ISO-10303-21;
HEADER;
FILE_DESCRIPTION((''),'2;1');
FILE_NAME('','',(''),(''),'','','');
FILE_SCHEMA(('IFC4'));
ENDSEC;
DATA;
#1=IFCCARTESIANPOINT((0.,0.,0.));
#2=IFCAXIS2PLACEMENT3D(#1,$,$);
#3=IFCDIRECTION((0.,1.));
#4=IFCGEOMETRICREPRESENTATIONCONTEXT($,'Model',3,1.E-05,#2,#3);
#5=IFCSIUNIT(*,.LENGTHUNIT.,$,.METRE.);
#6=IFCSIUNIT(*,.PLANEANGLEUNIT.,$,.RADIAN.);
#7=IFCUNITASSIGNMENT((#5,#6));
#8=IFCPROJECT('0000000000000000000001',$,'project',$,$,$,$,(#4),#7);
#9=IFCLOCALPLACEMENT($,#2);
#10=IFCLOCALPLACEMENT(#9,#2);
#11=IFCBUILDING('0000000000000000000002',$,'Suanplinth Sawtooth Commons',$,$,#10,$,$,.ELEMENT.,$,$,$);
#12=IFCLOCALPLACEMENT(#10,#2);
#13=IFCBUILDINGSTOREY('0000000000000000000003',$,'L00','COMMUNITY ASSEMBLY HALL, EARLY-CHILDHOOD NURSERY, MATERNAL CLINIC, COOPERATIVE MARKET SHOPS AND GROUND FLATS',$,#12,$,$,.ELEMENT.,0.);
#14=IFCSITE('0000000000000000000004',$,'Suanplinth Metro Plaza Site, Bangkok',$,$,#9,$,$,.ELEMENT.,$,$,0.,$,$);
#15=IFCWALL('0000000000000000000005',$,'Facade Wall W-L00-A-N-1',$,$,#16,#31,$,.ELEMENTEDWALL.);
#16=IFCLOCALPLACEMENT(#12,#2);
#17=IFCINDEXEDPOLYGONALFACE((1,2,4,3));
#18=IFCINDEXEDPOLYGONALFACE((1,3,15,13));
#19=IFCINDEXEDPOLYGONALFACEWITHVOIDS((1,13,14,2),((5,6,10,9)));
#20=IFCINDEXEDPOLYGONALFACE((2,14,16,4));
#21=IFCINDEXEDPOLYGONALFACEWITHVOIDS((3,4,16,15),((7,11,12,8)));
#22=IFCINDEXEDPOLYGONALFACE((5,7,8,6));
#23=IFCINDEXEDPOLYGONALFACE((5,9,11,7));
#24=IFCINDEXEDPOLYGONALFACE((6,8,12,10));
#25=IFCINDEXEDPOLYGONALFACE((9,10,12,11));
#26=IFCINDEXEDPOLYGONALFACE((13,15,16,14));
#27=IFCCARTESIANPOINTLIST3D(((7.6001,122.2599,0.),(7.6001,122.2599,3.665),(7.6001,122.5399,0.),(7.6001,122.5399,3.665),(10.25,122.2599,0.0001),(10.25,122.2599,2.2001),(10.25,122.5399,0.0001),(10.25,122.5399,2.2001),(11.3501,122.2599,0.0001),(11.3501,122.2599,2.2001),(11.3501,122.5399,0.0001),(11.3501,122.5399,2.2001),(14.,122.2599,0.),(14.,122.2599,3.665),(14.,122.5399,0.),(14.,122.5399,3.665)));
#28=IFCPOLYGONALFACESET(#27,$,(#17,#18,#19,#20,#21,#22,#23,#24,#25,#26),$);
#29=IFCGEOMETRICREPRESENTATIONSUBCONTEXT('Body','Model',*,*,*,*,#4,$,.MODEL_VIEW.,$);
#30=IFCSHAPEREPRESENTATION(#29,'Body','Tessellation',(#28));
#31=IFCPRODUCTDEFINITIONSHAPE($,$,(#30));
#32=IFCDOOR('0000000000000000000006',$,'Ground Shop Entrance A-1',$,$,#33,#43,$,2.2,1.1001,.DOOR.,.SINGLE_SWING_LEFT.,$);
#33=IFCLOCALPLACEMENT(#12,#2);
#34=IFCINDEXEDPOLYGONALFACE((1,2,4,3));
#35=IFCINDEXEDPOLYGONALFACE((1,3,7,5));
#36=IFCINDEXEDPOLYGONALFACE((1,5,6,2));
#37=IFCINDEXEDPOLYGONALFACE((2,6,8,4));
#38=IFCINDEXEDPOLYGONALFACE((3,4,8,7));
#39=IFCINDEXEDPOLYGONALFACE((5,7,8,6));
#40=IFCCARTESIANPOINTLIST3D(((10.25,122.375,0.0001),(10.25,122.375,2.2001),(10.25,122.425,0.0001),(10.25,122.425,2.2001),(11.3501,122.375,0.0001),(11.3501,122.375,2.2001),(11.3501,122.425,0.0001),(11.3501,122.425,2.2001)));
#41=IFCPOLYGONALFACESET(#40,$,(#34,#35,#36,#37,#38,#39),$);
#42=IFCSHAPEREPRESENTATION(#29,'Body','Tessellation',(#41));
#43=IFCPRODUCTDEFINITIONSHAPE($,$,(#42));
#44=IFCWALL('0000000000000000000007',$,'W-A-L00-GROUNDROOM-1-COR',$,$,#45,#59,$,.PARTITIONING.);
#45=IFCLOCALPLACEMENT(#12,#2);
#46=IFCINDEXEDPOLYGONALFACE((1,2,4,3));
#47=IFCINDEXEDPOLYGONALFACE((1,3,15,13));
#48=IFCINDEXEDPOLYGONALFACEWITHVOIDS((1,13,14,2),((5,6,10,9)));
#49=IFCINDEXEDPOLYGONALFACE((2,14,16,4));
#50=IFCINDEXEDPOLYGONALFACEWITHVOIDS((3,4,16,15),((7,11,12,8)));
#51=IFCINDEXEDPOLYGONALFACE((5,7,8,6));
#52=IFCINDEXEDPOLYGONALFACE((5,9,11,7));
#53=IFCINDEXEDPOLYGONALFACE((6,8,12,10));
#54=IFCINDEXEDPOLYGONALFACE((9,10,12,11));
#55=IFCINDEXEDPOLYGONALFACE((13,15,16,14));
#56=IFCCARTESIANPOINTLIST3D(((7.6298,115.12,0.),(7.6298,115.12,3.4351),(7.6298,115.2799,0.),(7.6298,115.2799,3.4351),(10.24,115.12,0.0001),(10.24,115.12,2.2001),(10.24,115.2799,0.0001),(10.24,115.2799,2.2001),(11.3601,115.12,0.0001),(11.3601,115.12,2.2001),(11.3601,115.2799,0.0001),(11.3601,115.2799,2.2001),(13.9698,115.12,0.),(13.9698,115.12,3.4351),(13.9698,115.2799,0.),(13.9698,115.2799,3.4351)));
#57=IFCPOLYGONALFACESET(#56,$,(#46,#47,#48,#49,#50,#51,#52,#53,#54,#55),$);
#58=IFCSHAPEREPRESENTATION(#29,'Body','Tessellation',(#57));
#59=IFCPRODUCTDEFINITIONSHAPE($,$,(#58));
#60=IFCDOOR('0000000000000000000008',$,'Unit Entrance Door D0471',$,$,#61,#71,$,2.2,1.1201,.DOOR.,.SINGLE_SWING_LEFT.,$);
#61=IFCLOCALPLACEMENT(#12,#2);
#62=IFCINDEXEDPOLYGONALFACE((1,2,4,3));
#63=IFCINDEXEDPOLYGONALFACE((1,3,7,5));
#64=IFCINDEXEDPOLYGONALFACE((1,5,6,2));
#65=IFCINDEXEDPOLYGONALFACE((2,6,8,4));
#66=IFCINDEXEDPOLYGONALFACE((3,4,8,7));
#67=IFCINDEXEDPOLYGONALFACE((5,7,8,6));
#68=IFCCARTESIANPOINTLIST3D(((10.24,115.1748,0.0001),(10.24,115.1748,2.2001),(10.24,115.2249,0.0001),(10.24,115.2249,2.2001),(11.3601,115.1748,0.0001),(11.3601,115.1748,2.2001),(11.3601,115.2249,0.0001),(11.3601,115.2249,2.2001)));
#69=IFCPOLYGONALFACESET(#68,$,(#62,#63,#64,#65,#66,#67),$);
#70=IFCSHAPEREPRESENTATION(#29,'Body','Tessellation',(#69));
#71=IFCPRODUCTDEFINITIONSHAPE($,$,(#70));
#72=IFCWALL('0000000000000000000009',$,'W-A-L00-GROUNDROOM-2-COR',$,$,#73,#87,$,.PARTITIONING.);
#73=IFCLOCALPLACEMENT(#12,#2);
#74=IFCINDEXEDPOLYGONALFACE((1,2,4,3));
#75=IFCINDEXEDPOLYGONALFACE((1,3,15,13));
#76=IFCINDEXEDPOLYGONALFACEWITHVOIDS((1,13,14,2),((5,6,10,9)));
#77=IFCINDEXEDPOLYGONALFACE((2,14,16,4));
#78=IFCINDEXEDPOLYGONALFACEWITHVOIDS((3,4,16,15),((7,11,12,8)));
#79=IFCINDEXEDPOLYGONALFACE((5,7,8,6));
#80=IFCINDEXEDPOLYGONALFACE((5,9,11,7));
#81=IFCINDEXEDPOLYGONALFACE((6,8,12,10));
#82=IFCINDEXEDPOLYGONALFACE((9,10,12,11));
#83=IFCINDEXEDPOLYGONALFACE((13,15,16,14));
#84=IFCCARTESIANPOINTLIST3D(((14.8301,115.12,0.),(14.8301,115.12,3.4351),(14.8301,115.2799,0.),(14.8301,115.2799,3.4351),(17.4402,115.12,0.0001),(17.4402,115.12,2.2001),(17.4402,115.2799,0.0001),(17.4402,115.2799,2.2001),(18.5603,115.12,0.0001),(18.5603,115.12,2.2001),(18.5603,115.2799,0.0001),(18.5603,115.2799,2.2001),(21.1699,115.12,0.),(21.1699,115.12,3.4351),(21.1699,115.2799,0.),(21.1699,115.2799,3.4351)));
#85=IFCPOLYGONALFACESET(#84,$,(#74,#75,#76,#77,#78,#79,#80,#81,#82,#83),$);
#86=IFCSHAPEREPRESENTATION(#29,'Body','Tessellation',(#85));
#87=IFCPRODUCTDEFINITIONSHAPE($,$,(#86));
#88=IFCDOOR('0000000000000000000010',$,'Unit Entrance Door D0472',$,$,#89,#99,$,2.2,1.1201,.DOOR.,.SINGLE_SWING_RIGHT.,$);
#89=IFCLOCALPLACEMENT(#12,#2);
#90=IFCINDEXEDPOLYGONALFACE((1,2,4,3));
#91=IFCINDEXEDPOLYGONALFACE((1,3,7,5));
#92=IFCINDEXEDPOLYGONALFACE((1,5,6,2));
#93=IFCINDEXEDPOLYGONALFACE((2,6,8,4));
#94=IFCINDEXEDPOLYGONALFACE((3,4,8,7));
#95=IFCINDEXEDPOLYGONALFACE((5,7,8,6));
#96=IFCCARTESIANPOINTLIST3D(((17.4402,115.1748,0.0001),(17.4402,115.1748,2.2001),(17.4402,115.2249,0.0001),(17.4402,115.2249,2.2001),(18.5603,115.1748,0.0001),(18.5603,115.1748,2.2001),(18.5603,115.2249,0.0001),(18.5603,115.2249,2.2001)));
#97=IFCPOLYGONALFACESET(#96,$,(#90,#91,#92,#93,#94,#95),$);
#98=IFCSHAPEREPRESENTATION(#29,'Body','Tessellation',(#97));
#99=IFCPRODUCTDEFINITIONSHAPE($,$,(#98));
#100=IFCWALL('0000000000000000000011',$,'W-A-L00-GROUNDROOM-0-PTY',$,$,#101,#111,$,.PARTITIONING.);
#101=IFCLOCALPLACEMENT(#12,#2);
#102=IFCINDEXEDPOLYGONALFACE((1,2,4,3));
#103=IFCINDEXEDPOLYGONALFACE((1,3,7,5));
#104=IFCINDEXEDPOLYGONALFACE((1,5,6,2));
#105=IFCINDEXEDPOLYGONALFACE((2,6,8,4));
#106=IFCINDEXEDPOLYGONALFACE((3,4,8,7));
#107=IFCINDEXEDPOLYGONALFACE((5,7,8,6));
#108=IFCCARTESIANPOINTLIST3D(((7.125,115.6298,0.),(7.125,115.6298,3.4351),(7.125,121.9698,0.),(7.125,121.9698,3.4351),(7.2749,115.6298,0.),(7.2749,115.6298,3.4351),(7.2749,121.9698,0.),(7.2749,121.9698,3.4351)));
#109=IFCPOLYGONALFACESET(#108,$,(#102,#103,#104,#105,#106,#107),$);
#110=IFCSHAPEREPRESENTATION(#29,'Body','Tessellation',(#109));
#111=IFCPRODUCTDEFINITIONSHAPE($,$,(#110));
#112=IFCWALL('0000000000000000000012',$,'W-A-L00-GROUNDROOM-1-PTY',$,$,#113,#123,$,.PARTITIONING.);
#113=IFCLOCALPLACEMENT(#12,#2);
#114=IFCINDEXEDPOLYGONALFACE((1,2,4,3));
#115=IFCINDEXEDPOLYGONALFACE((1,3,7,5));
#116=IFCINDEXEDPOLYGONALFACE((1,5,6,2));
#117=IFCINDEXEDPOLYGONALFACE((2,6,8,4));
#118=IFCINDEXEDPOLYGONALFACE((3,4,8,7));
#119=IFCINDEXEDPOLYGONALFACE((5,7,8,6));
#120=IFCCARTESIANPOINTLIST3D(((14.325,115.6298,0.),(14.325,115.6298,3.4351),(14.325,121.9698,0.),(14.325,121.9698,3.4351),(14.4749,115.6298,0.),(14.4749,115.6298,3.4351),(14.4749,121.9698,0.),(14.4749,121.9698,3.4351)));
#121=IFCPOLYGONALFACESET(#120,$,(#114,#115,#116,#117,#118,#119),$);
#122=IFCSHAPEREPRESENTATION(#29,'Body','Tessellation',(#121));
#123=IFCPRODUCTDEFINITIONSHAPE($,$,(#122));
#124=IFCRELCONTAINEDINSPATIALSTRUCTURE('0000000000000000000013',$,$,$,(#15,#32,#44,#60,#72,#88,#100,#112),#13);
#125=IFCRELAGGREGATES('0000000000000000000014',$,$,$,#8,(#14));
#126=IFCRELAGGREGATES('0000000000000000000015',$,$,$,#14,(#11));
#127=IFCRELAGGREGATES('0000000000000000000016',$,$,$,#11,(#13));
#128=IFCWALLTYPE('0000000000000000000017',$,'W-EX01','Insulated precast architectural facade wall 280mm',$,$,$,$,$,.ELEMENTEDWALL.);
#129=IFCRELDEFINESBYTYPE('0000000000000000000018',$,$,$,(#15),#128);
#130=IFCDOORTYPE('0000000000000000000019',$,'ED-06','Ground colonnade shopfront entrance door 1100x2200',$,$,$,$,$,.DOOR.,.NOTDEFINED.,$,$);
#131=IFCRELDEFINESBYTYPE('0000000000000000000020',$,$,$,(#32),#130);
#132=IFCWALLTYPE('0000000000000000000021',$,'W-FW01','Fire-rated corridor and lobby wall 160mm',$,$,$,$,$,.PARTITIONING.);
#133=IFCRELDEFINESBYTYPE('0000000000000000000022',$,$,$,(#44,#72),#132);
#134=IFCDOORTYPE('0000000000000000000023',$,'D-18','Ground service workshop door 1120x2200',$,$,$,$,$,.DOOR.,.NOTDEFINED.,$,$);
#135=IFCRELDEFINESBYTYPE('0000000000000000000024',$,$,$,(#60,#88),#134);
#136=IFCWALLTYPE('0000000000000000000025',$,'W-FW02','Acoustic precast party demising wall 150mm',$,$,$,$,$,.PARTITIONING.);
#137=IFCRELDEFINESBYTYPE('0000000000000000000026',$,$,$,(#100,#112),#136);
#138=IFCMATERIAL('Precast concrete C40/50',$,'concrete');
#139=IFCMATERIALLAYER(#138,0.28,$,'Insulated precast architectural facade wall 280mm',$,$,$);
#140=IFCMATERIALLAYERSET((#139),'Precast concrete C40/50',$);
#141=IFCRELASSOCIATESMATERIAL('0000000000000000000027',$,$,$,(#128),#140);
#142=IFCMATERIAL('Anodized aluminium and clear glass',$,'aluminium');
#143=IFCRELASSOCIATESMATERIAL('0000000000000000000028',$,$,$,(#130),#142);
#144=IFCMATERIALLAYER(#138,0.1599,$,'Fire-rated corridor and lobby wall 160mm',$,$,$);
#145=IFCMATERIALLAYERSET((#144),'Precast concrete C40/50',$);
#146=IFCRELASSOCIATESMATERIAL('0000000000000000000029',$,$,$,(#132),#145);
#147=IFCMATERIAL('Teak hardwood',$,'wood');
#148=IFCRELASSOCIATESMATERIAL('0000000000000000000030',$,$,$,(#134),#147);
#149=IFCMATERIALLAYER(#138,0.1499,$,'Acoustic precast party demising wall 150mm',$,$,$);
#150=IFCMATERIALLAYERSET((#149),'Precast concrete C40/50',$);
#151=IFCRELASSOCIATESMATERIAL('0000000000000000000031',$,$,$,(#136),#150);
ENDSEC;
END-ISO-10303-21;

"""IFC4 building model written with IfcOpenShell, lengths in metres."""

from ifc_helpers import new_model, si_unit, direction, frame, frame_2d, origin, place, context, subcontext, project, spatial, rectangle, extrude, material, layer, layer_set, type_object, element, fill, save


model = new_model("IFC4")

# Units and contexts
model_context = context("Model", 3, precision=1e-05, world=origin(), true_north=direction((0.0, 1.0)))
body_context = subcontext(model_context, "Body", "Model", "MODEL_VIEW")
ifc_project = project(units=[si_unit("LENGTHUNIT", "METRE"), si_unit("PLANEANGLEUNIT", "RADIAN")], contexts=[model_context])

# Site, building, storey
site_placement = place(None, origin())
site = spatial("IfcSite", under=ifc_project, at=site_placement, Name="Suanplinth Metro Plaza Site, Bangkok", CompositionType="ELEMENT", RefElevation=0.0)
building_placement = place(site_placement, origin())
building = spatial("IfcBuilding", under=site, at=building_placement, Name="Suanplinth Sawtooth Commons", CompositionType="ELEMENT")
storey_placement = place(building_placement, origin())
storey = spatial("IfcBuildingStorey", under=building, at=storey_placement, Name="L00", Description="COMMUNITY ASSEMBLY HALL, EARLY-CHILDHOOD NURSERY, MATERNAL CLINIC, COOPERATIVE MARKET SHOPS AND GROUND FLATS", CompositionType="ELEMENT", Elevation=0.0)

# Shared definitions
ifc_material_1 = material(Name="Precast concrete C40/50", Category="concrete")

# Walls, openings, doors
ifc_layer_1 = layer(ifc_material_1, 0.28, Name="Insulated precast architectural facade wall 280mm")
ifc_layer_set_1 = layer_set([ifc_layer_1], Name="Precast concrete C40/50")
wall_type_1 = type_object("IfcWallType", Name="W-EX01", Description="Insulated precast architectural facade wall 280mm", PredefinedType="ELEMENTEDWALL", material=ifc_layer_set_1)
wall_1_placement = place(storey_placement, frame((7.6001, 122.3999, 0.0), z_axis=(0.0, 0.0, 1.0), x_axis=(1.0, 0.0, 0.0)))
wall_1 = element("IfcWall", 1, at=wall_1_placement, inside=storey, type_object=wall_type_1, Name="Facade Wall W-L00-A-N-1", PredefinedType="ELEMENTEDWALL", context=body_context, shape_type="SweptSolid", body=[
    extrude(rectangle(XDim=6.3999, YDim=0.28, at=frame_2d((3.2, 0.0))), origin(), (0.0, 0.0, 1.0), 3.665),
])
opening_1_placement = place(wall_1_placement, frame((2.6499, 0.0, 0.0)))
opening_1 = element("IfcOpeningElement", 2, at=opening_1_placement, cuts=wall_1, PredefinedType="OPENING", context=body_context, shape_type="SweptSolid", body=[
    extrude(rectangle(XDim=1.1001, YDim=2.2, at=frame_2d((0.55, 1.1001))), frame((0.0, 0.1548, 0.0), z_axis=(0.0, -1.0, 0.0), x_axis=(1.0, 0.0, 0.0)), (0.0, 0.0, 1.0), 0.3098),
])
ifc_material_2 = material(Name="Anodized aluminium and clear glass", Category="aluminium")
door_type_1 = type_object("IfcDoorType", Name="ED-06", Description="Ground colonnade shopfront entrance door 1100x2200", OperationType="NOTDEFINED", PredefinedType="DOOR", material=ifc_material_2)
door_1_placement = place(opening_1_placement, frame((1.1001, 0.0, 0.0), z_axis=(0.0, 0.0, 1.0), x_axis=(-1.0, 0.0, 0.0)))
door_1 = element("IfcDoor", 3, at=door_1_placement, inside=storey, type_object=door_type_1, Name="Ground Shop Entrance A-1", OperationType="SINGLE_SWING_LEFT", OverallHeight=2.2, OverallWidth=1.1001, PredefinedType="DOOR", context=body_context, shape_type="SweptSolid", body=[
    extrude(rectangle(XDim=1.1001, YDim=2.2, at=frame_2d((0.55, 1.1001))), frame((0.0, 0.0249, 0.0), z_axis=(0.0, -1.0, 0.0), x_axis=(1.0, 0.0, 0.0)), (0.0, 0.0, 1.0), 0.05),
])
fill(opening_1, door_1)
ifc_layer_2 = layer(ifc_material_1, 0.1599, Name="Fire-rated corridor and lobby wall 160mm")
ifc_layer_set_2 = layer_set([ifc_layer_2], Name="Precast concrete C40/50")
wall_type_2 = type_object("IfcWallType", Name="W-FW01", Description="Fire-rated corridor and lobby wall 160mm", PredefinedType="PARTITIONING", material=ifc_layer_set_2)
wall_2_placement = place(storey_placement, frame((7.6299, 115.2, 0.0), z_axis=(0.0, 0.0, 1.0), x_axis=(1.0, 0.0, 0.0)))
wall_2 = element("IfcWall", 4, at=wall_2_placement, inside=storey, type_object=wall_type_2, Name="W-A-L00-GROUNDROOM-1-COR", PredefinedType="PARTITIONING", context=body_context, shape_type="SweptSolid", body=[
    extrude(rectangle(XDim=6.3401, YDim=0.1599, at=frame_2d((3.1699, 0.0))), origin(), (0.0, 0.0, 1.0), 3.4351),
])
opening_2_placement = place(wall_2_placement, frame((2.6101, 0.0, 0.0)))
opening_2 = element("IfcOpeningElement", 5, at=opening_2_placement, cuts=wall_2, PredefinedType="OPENING", context=body_context, shape_type="SweptSolid", body=[
    extrude(rectangle(XDim=1.1201, YDim=2.2, at=frame_2d((0.5601, 1.1001))), frame((0.0, 0.0947, 0.0), z_axis=(0.0, -1.0, 0.0), x_axis=(1.0, 0.0, 0.0)), (0.0, 0.0, 1.0), 0.1897),
])
ifc_material_3 = material(Name="Teak hardwood", Category="wood")
door_type_2 = type_object("IfcDoorType", Name="D-18", Description="Ground service workshop door 1120x2200", OperationType="NOTDEFINED", PredefinedType="DOOR", material=ifc_material_3)
door_2_placement = place(opening_2_placement, origin())
door_2 = element("IfcDoor", 6, at=door_2_placement, inside=storey, type_object=door_type_2, Name="Unit Entrance Door D0471", OperationType="SINGLE_SWING_LEFT", OverallHeight=2.2, OverallWidth=1.1201, PredefinedType="DOOR", context=body_context, shape_type="SweptSolid", body=[
    extrude(rectangle(XDim=1.1201, YDim=2.2, at=frame_2d((0.5601, 1.1001))), frame((0.0, 0.0249, 0.0), z_axis=(0.0, -1.0, 0.0), x_axis=(1.0, 0.0, 0.0)), (0.0, 0.0, 1.0), 0.05),
])
fill(opening_2, door_2)
wall_3_placement = place(storey_placement, frame((14.8301, 115.2, 0.0), z_axis=(0.0, 0.0, 1.0), x_axis=(1.0, 0.0, 0.0)))
wall_3 = element("IfcWall", 7, at=wall_3_placement, inside=storey, type_object=wall_type_2, Name="W-A-L00-GROUNDROOM-2-COR", PredefinedType="PARTITIONING", context=body_context, shape_type="SweptSolid", body=[
    extrude(rectangle(XDim=6.3398, YDim=0.1599, at=frame_2d((3.1699, 0.0))), origin(), (0.0, 0.0, 1.0), 3.4351),
])
opening_3_placement = place(wall_3_placement, frame((2.6101, 0.0, 0.0)))
opening_3 = element("IfcOpeningElement", 8, at=opening_3_placement, cuts=wall_3, PredefinedType="OPENING", context=body_context, shape_type="SweptSolid", body=[
    extrude(rectangle(XDim=1.1201, YDim=2.2, at=frame_2d((0.5601, 1.1001))), frame((0.0, 0.0947, 0.0), z_axis=(0.0, -1.0, 0.0), x_axis=(1.0, 0.0, 0.0)), (0.0, 0.0, 1.0), 0.1897),
])
door_3_placement = place(opening_3_placement, origin())
door_3 = element("IfcDoor", 9, at=door_3_placement, inside=storey, type_object=door_type_2, Name="Unit Entrance Door D0472", OperationType="SINGLE_SWING_RIGHT", OverallHeight=2.2, OverallWidth=1.1201, PredefinedType="DOOR", context=body_context, shape_type="SweptSolid", body=[
    extrude(rectangle(XDim=1.1201, YDim=2.2, at=frame_2d((0.5601, 1.1001))), frame((0.0, 0.0249, 0.0), z_axis=(0.0, -1.0, 0.0), x_axis=(1.0, 0.0, 0.0)), (0.0, 0.0, 1.0), 0.05),
])
fill(opening_3, door_3)

# Walls
ifc_layer_3 = layer(ifc_material_1, 0.1499, Name="Acoustic precast party demising wall 150mm")
ifc_layer_set_3 = layer_set([ifc_layer_3], Name="Precast concrete C40/50")
wall_type_3 = type_object("IfcWallType", Name="W-FW02", Description="Acoustic precast party demising wall 150mm", PredefinedType="PARTITIONING", material=ifc_layer_set_3)
for number, where, z_axis, x_axis, name in (
    (10, (7.2, 115.6299, 0.0), (0.0, 0.0, 1.0), (0.0, 1.0, 0.0), "W-A-L00-GROUNDROOM-0-PTY"),
    (11, (14.3999, 115.6299, 0.0), (0.0, 0.0, 1.0), (0.0, 1.0, 0.0), "W-A-L00-GROUNDROOM-1-PTY"),
):
    element("IfcWall", number, at=place(storey_placement, frame(where, z_axis=z_axis, x_axis=x_axis)), inside=storey, type_object=wall_type_3, Name=name, PredefinedType="PARTITIONING", context=body_context, shape_type="SweptSolid", body=[
        extrude(rectangle(XDim=6.3401, YDim=0.1499, at=frame_2d((3.1699, 0.0))), origin(), (0.0, 0.0, 1.0), 3.4351),
    ])

save(model, "model.ifc")
